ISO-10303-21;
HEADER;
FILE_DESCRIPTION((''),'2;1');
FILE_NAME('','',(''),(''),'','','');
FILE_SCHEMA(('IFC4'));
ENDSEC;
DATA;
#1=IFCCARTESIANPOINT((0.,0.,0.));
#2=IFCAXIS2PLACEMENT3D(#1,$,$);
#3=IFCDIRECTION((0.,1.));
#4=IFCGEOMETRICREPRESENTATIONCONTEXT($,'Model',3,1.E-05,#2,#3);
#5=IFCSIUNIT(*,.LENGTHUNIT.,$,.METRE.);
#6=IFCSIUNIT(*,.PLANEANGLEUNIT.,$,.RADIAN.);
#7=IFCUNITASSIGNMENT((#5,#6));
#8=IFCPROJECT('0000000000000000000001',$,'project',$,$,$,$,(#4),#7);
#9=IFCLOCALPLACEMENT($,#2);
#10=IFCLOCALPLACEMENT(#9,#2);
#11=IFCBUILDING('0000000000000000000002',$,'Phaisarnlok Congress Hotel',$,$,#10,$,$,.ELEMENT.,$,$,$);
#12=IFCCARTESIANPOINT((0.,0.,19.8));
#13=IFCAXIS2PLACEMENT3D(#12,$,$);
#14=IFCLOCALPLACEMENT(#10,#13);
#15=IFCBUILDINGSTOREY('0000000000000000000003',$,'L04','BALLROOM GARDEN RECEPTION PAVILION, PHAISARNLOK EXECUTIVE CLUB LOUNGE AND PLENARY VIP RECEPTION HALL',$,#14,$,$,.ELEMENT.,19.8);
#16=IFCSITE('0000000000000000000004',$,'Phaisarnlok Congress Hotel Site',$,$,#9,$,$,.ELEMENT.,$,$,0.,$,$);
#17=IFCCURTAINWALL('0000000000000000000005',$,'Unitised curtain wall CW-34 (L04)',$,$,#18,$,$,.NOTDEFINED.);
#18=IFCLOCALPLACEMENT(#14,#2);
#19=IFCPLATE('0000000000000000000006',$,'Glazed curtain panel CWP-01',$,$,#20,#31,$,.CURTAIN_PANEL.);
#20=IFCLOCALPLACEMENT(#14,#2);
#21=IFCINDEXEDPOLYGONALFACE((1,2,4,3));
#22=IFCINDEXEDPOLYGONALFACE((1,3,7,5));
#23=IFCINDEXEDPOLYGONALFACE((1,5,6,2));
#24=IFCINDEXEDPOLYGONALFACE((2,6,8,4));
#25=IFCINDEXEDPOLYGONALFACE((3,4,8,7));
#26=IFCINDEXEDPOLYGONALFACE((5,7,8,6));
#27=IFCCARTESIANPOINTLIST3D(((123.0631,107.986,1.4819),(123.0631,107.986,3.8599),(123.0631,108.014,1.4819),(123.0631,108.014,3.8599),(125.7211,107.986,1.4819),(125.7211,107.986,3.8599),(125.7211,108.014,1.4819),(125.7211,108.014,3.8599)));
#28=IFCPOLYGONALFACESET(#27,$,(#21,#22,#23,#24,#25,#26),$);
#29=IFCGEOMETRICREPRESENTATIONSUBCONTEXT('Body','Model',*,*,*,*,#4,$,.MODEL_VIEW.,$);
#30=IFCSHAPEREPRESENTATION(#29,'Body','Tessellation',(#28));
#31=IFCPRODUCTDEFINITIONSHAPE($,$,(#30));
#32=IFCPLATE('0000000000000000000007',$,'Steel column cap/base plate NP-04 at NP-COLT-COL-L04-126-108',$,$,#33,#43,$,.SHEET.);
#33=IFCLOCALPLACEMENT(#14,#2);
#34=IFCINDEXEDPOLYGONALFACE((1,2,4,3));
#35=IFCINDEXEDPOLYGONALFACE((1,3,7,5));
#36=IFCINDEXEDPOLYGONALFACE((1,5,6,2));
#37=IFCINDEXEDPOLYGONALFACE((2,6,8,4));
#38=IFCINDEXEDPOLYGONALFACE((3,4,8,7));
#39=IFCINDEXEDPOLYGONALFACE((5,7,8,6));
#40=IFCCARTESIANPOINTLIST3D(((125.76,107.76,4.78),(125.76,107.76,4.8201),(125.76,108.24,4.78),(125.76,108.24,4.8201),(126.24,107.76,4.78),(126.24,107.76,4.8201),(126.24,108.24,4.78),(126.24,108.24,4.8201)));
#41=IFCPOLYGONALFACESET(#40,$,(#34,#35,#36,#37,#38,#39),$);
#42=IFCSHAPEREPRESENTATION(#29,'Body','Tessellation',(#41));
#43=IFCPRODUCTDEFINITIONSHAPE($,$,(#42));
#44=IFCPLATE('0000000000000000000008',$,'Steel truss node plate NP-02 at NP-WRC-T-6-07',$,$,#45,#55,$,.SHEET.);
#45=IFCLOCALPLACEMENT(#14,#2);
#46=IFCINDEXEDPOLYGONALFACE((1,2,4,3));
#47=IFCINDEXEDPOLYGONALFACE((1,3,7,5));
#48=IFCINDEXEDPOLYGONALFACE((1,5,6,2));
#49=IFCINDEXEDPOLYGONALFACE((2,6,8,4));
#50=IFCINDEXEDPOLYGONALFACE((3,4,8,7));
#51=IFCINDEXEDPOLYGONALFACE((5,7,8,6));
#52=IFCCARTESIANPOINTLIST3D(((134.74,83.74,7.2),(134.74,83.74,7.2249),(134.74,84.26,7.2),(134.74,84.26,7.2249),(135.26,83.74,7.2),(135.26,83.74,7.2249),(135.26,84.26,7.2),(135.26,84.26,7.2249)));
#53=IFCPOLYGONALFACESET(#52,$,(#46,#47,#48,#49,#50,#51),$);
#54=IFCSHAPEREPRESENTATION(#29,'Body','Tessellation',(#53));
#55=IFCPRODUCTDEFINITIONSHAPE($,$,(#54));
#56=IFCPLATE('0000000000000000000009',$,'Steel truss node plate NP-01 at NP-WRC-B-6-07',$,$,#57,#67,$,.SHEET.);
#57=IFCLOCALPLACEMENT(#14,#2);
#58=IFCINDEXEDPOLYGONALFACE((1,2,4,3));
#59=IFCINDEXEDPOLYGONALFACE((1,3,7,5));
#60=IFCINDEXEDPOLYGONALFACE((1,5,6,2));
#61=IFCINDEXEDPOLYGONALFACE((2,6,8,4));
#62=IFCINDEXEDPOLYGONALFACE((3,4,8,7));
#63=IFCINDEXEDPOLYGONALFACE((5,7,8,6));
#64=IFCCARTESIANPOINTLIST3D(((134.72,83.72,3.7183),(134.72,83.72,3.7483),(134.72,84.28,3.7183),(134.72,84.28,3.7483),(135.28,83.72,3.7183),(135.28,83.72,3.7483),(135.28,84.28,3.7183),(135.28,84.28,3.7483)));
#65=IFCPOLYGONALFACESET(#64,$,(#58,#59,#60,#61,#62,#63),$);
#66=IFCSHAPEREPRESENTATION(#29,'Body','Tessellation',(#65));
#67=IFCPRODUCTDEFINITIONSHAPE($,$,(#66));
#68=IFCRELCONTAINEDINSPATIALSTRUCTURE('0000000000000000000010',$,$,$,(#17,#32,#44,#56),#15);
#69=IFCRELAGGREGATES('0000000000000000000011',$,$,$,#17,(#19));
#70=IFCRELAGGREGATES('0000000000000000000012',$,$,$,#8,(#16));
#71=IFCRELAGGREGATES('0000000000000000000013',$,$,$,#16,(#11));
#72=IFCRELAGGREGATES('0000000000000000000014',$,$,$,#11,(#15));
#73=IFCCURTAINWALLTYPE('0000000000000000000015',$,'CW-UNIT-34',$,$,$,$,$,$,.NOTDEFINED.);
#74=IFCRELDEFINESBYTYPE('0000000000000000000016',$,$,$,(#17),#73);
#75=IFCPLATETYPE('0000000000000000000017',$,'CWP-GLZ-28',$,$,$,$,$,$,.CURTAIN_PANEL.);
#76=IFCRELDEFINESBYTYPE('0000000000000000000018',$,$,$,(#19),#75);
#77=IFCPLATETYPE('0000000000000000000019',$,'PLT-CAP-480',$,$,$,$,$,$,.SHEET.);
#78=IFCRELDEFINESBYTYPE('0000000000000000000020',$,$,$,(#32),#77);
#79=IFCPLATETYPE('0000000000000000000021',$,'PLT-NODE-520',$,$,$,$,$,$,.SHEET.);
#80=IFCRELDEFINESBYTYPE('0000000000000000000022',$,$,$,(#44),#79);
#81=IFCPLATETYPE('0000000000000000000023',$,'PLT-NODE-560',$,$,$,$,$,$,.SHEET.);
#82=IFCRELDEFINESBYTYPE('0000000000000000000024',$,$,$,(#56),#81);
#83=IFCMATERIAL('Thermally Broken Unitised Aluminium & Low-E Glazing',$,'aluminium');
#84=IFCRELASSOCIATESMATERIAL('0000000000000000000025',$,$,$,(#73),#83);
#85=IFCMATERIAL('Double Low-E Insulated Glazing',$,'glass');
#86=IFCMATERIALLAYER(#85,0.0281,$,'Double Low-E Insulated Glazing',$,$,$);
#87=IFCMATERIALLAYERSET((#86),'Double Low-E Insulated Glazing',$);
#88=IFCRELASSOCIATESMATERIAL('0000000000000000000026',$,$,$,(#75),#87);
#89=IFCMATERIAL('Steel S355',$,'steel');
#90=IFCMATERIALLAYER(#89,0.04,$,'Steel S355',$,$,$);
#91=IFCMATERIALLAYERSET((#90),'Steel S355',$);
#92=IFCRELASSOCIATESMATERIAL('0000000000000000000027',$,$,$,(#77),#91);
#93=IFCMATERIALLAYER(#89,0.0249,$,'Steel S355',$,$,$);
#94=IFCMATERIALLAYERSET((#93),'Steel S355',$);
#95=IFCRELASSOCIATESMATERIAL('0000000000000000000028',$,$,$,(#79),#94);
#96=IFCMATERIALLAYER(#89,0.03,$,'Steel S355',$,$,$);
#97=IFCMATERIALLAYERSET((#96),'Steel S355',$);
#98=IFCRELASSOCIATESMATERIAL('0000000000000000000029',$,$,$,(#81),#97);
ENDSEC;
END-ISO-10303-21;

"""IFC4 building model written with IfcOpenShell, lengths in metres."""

from ifc_helpers import new_model, si_unit, direction, frame, frame_2d, origin, origin_2d, place, context, subcontext, project, spatial, rectangle, extrude, material, layer, layer_set, type_object, element, aggregate, save


model = new_model("IFC4")

# Units and contexts
model_context = context("Model", 3, precision=1e-05, world=origin(), true_north=direction((0.0, 1.0)))
body_context = subcontext(model_context, "Body", "Model", "MODEL_VIEW")
ifc_project = project(units=[si_unit("LENGTHUNIT", "METRE"), si_unit("PLANEANGLEUNIT", "RADIAN")], contexts=[model_context])

# Site, building, storey
site_placement = place(None, origin())
site = spatial("IfcSite", under=ifc_project, at=site_placement, Name="Phaisarnlok Congress Hotel Site", CompositionType="ELEMENT", RefElevation=0.0)
building_placement = place(site_placement, origin())
building = spatial("IfcBuilding", under=site, at=building_placement, Name="Phaisarnlok Congress Hotel", CompositionType="ELEMENT")
storey_placement = place(building_placement, frame((0.0, 0.0, 19.8)))
storey = spatial("IfcBuildingStorey", under=building, at=storey_placement, Name="L04", Description="BALLROOM GARDEN RECEPTION PAVILION, PHAISARNLOK EXECUTIVE CLUB LOUNGE AND PLENARY VIP RECEPTION HALL", CompositionType="ELEMENT", Elevation=19.8)

# Shared definitions
ifc_material_1 = material(Name="Steel S355", Category="steel")

# Curtain wall
ifc_material_2 = material(Name="Thermally Broken Unitised Aluminium & Low-E Glazing", Category="aluminium")
curtain_wall_type = type_object("IfcCurtainWallType", Name="CW-UNIT-34", PredefinedType="NOTDEFINED", material=ifc_material_2)
curtain_wall_placement = place(storey_placement, origin())
curtain_wall = element("IfcCurtainWall", 1, at=curtain_wall_placement, inside=storey, type_object=curtain_wall_type, Name="Unitised curtain wall CW-34 (L04)", PredefinedType="NOTDEFINED")

# Plate
ifc_material_3 = material(Name="Double Low-E Insulated Glazing", Category="glass")
ifc_layer_1 = layer(ifc_material_3, 0.0281, Name="Double Low-E Insulated Glazing")
ifc_layer_set_1 = layer_set([ifc_layer_1], Name="Double Low-E Insulated Glazing")
plate_type_1 = type_object("IfcPlateType", Name="CWP-GLZ-28", PredefinedType="CURTAIN_PANEL", material=ifc_layer_set_1)
plate_1_placement = place(storey_placement, frame((123.063, 108.0, 1.4819), z_axis=(0.0, 0.0, 1.0), x_axis=(1.0, 0.0, 0.0)))
plate_1 = element("IfcPlate", 2, at=plate_1_placement, type_object=plate_type_1, Name="Glazed curtain panel CWP-01", PredefinedType="CURTAIN_PANEL", context=body_context, shape_type="SweptSolid", body=[
    extrude(rectangle(XDim=2.658, YDim=0.0281, at=frame_2d((1.3291, 0.0))), origin(), (0.0, 0.0, 1.0), 2.3779),
])
aggregate(curtain_wall, [plate_1])

# Plates
ifc_layer_2 = layer(ifc_material_1, 0.04, Name="Steel S355")
ifc_layer_set_2 = layer_set([ifc_layer_2], Name="Steel S355")
plate_type_2 = type_object("IfcPlateType", Name="PLT-CAP-480", PredefinedType="SHEET", material=ifc_layer_set_2)
plate_2_placement = place(storey_placement, frame((126.0, 108.0, 4.78), z_axis=(0.0, 0.0, 1.0), x_axis=(1.0, 0.0, 0.0)))
element("IfcPlate", 3, at=plate_2_placement, inside=storey, type_object=plate_type_2, Name="Steel column cap/base plate NP-04 at NP-COLT-COL-L04-126-108", PredefinedType="SHEET", context=body_context, shape_type="SweptSolid", body=[
    extrude(rectangle(XDim=0.48, YDim=0.48, at=origin_2d()), origin(), (0.0, 0.0, 1.0), 0.04),
])
ifc_layer_3 = layer(ifc_material_1, 0.0249, Name="Steel S355")
ifc_layer_set_3 = layer_set([ifc_layer_3], Name="Steel S355")
plate_type_3 = type_object("IfcPlateType", Name="PLT-NODE-520", PredefinedType="SHEET", material=ifc_layer_set_3)
plate_3_placement = place(storey_placement, frame((135.0, 84.0, 7.2), z_axis=(0.0, 0.0, 1.0), x_axis=(1.0, 0.0, 0.0)))
element("IfcPlate", 4, at=plate_3_placement, inside=storey, type_object=plate_type_3, Name="Steel truss node plate NP-02 at NP-WRC-T-6-07", PredefinedType="SHEET", context=body_context, shape_type="SweptSolid", body=[
    extrude(rectangle(XDim=0.52, YDim=0.52, at=origin_2d()), origin(), (0.0, 0.0, 1.0), 0.0249),
])
ifc_layer_4 = layer(ifc_material_1, 0.03, Name="Steel S355")
ifc_layer_set_4 = layer_set([ifc_layer_4], Name="Steel S355")
plate_type_4 = type_object("IfcPlateType", Name="PLT-NODE-560", PredefinedType="SHEET", material=ifc_layer_set_4)
plate_4_placement = place(storey_placement, frame((135.0, 84.0, 3.7183), z_axis=(0.0, 0.0, 1.0), x_axis=(1.0, 0.0, 0.0)))
element("IfcPlate", 5, at=plate_4_placement, inside=storey, type_object=plate_type_4, Name="Steel truss node plate NP-01 at NP-WRC-B-6-07", PredefinedType="SHEET", context=body_context, shape_type="SweptSolid", body=[
    extrude(rectangle(XDim=0.5601, YDim=0.5601, at=origin_2d()), origin(), (0.0, 0.0, 1.0), 0.03),
])

save(model, "model.ifc")
